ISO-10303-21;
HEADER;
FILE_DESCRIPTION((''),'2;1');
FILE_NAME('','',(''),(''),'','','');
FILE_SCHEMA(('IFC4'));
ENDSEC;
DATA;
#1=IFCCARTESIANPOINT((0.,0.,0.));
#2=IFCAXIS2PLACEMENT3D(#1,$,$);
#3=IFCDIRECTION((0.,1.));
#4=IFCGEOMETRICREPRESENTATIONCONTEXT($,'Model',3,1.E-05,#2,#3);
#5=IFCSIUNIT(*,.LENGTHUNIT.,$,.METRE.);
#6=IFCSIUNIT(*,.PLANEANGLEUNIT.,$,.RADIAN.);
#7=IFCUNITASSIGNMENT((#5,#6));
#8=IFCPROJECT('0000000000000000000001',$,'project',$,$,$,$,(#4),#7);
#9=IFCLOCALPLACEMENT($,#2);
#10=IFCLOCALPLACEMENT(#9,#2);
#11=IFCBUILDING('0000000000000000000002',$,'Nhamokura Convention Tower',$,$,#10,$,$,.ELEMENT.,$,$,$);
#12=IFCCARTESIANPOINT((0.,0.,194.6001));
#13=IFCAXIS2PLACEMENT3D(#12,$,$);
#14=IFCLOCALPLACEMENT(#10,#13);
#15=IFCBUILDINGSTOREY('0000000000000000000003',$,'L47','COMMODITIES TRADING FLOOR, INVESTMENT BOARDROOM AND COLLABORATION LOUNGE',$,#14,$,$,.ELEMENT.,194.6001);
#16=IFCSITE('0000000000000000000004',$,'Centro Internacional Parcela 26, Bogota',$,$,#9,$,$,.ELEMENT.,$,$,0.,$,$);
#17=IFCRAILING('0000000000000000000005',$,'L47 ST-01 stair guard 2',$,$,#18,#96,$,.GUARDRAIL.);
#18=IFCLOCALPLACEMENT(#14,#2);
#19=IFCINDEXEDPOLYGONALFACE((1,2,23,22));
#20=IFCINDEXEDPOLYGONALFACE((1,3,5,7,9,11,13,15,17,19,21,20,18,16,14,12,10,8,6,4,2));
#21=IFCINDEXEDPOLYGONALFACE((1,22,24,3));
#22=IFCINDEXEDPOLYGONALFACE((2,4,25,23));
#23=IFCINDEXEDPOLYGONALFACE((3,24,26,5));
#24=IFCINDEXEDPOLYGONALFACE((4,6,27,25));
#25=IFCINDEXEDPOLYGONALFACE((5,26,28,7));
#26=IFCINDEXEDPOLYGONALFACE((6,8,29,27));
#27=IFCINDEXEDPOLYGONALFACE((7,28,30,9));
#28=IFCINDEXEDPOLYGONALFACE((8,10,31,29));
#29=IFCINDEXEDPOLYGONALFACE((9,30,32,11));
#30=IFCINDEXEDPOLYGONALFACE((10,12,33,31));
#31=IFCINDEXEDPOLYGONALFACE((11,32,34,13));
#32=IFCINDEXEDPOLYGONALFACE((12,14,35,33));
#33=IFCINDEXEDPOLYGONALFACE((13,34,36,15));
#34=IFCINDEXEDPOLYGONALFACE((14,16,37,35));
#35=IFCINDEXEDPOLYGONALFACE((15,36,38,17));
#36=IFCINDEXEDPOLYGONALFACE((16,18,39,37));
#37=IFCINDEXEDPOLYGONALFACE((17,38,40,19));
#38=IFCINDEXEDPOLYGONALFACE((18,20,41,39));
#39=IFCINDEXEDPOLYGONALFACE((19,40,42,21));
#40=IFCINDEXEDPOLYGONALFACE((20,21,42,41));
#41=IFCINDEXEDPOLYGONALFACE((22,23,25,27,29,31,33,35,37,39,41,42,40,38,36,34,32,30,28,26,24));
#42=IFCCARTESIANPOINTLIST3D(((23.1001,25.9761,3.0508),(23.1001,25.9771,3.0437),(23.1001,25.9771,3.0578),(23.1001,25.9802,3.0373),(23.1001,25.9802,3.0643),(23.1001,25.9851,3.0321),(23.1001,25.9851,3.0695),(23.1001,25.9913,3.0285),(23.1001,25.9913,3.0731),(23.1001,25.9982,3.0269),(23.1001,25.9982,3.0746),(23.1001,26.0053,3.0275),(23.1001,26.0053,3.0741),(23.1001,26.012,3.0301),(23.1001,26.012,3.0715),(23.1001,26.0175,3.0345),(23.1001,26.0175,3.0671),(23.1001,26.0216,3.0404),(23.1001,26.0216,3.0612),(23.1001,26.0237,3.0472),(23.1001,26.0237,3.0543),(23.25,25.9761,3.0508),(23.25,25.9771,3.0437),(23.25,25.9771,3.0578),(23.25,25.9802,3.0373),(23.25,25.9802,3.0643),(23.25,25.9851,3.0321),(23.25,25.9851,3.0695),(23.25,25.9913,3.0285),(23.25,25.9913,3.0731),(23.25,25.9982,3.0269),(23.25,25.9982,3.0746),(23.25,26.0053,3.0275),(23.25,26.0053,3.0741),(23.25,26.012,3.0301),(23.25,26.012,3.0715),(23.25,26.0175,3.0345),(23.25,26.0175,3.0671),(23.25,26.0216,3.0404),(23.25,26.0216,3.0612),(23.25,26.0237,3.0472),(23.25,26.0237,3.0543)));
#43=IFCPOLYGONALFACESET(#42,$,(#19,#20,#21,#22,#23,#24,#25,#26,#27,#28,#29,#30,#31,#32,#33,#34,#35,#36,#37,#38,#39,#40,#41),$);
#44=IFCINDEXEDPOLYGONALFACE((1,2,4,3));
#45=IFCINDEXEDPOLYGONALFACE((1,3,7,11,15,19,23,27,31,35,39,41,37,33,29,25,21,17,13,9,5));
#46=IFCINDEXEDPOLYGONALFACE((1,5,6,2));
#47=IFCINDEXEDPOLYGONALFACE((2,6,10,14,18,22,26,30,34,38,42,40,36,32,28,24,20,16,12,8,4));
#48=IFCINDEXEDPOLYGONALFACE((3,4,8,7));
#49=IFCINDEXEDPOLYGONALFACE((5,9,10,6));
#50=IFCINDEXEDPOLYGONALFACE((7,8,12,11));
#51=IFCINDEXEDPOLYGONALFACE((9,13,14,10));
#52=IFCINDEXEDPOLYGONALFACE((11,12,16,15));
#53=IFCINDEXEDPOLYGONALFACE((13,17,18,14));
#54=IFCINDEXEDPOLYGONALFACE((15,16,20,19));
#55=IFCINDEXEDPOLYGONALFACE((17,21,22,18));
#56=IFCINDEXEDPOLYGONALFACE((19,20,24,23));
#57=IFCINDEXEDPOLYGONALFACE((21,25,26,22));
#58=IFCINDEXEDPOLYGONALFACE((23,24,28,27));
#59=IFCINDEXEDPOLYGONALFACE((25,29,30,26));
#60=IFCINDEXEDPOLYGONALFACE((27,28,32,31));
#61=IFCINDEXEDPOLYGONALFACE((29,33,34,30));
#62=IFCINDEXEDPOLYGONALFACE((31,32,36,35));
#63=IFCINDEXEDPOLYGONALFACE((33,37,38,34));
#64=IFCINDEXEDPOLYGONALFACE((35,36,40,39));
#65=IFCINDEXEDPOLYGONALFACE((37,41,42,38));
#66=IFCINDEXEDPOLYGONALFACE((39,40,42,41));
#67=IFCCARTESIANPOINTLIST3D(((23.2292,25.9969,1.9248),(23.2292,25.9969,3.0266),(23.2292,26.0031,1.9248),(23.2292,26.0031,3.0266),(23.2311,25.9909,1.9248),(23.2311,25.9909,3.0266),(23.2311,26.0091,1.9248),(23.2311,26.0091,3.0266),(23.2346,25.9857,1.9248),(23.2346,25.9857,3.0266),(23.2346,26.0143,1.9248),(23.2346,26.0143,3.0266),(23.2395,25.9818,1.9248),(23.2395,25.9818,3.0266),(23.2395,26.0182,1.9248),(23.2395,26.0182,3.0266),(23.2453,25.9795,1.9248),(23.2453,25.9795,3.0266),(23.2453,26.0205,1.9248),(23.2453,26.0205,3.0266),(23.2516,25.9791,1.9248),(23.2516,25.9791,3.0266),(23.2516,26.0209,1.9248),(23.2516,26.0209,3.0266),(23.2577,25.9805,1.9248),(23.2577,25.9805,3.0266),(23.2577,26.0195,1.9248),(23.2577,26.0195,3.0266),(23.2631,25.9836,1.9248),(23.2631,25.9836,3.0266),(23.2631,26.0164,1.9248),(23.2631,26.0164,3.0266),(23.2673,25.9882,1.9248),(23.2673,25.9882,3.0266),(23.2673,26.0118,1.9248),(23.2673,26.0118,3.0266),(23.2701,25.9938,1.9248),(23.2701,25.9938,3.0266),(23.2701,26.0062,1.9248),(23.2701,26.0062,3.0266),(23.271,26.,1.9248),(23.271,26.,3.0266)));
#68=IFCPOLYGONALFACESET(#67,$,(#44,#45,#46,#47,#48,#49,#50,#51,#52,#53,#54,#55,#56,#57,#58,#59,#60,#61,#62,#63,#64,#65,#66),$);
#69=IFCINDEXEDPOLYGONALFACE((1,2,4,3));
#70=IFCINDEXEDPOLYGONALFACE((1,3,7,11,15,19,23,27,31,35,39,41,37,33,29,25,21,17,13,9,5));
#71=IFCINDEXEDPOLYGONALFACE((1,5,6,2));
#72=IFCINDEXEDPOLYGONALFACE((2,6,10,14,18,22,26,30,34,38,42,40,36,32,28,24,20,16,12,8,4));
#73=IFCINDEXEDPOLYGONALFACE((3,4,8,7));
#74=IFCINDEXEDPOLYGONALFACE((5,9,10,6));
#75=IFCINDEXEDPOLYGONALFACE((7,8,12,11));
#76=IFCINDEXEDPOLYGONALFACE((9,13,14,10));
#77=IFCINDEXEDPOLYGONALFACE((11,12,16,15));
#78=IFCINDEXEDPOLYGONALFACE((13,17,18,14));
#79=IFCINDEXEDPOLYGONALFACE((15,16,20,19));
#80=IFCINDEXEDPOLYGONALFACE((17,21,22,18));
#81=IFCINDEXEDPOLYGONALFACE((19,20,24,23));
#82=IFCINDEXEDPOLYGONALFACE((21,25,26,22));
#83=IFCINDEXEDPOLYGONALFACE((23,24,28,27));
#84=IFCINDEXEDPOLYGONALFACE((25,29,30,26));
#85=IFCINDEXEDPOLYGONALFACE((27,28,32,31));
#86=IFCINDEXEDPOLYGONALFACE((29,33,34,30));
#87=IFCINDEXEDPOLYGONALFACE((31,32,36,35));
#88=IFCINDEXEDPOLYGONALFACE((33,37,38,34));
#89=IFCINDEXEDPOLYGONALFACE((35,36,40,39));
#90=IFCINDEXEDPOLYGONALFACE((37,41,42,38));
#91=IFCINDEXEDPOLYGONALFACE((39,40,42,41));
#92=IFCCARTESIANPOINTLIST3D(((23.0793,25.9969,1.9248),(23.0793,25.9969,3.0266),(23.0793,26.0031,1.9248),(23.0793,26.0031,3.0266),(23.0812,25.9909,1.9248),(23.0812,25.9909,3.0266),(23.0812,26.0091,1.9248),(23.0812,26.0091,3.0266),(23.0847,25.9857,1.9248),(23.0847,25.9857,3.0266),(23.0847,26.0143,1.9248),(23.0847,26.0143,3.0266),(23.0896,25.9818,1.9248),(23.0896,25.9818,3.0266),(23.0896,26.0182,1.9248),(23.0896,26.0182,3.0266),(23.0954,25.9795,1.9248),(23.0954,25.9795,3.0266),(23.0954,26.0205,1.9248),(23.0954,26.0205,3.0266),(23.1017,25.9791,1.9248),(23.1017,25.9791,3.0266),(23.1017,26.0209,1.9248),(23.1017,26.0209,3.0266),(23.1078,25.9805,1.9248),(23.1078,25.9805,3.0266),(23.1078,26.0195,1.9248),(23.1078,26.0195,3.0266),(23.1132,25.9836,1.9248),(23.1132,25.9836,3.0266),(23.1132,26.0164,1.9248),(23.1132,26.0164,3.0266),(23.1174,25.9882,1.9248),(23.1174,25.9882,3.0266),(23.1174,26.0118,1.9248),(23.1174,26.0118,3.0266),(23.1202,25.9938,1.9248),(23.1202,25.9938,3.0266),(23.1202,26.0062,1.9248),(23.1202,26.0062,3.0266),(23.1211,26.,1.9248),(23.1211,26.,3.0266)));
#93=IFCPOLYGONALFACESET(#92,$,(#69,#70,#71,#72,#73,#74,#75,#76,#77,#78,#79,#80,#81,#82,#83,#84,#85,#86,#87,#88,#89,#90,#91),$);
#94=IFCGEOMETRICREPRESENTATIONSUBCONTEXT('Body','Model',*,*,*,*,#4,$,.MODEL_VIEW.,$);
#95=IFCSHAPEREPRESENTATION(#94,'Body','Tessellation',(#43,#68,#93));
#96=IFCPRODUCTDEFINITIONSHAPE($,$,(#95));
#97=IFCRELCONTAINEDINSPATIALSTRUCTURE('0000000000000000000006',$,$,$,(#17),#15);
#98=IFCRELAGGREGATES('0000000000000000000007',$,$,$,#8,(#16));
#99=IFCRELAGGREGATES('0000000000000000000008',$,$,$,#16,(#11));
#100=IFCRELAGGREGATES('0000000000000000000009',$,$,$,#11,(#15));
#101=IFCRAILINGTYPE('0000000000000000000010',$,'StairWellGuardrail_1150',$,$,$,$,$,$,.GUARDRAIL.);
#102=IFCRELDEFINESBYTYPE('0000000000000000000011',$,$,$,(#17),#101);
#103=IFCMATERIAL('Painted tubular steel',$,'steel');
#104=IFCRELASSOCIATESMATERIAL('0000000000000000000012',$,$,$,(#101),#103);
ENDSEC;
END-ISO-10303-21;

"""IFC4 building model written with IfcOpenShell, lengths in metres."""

from ifc_helpers import new_model, si_unit, direction, frame, origin, origin_2d, place, context, subcontext, project, spatial, circle, extrude, material, type_object, element, save


model = new_model("IFC4")

# Units and contexts
model_context = context("Model", 3, precision=1e-05, world=origin(), true_north=direction((0.0, 1.0)))
body_context = subcontext(model_context, "Body", "Model", "MODEL_VIEW")
ifc_project = project(units=[si_unit("LENGTHUNIT", "METRE"), si_unit("PLANEANGLEUNIT", "RADIAN")], contexts=[model_context])

# Site, building, storey
site_placement = place(None, origin())
site = spatial("IfcSite", under=ifc_project, at=site_placement, Name="Centro Internacional Parcela 26, Bogota", CompositionType="ELEMENT", RefElevation=0.0)
building_placement = place(site_placement, origin())
building = spatial("IfcBuilding", under=site, at=building_placement, Name="Nhamokura Convention Tower", CompositionType="ELEMENT")
storey_placement = place(building_placement, frame((0.0, 0.0, 194.6001)))
storey = spatial("IfcBuildingStorey", under=building, at=storey_placement, Name="L47", Description="COMMODITIES TRADING FLOOR, INVESTMENT BOARDROOM AND COLLABORATION LOUNGE", CompositionType="ELEMENT", Elevation=194.6001)

# Railing
ifc_material_1 = material(Name="Painted tubular steel", Category="steel")
railing_type_1 = type_object("IfcRailingType", Name="StairWellGuardrail_1150", PredefinedType="GUARDRAIL", material=ifc_material_1)
railing_1_placement = place(storey_placement, frame((23.25, 26.0, 1.9248)))
element("IfcRailing", 1, at=railing_1_placement, inside=storey, type_object=railing_type_1, Name="L47 ST-01 stair guard 2", PredefinedType="GUARDRAIL", context=body_context, shape_type="SweptSolid", body=[
    extrude(circle(Radius=0.0239, at=origin_2d()), frame((0.0, 0.0, 1.126), z_axis=(-1.0, 0.0, 0.0), x_axis=(0.0, -1.0, 0.0)), (0.0, 0.0, 1.0), 0.1499),
    extrude(circle(Radius=0.021, at=origin_2d()), origin(), (0.0, 0.0, 1.0), 1.1018),
    extrude(circle(Radius=0.021, at=origin_2d()), frame((-0.1499, 0.0, 0.0)), (0.0, 0.0, 1.0), 1.1018),
])

save(model, "model.ifc")
